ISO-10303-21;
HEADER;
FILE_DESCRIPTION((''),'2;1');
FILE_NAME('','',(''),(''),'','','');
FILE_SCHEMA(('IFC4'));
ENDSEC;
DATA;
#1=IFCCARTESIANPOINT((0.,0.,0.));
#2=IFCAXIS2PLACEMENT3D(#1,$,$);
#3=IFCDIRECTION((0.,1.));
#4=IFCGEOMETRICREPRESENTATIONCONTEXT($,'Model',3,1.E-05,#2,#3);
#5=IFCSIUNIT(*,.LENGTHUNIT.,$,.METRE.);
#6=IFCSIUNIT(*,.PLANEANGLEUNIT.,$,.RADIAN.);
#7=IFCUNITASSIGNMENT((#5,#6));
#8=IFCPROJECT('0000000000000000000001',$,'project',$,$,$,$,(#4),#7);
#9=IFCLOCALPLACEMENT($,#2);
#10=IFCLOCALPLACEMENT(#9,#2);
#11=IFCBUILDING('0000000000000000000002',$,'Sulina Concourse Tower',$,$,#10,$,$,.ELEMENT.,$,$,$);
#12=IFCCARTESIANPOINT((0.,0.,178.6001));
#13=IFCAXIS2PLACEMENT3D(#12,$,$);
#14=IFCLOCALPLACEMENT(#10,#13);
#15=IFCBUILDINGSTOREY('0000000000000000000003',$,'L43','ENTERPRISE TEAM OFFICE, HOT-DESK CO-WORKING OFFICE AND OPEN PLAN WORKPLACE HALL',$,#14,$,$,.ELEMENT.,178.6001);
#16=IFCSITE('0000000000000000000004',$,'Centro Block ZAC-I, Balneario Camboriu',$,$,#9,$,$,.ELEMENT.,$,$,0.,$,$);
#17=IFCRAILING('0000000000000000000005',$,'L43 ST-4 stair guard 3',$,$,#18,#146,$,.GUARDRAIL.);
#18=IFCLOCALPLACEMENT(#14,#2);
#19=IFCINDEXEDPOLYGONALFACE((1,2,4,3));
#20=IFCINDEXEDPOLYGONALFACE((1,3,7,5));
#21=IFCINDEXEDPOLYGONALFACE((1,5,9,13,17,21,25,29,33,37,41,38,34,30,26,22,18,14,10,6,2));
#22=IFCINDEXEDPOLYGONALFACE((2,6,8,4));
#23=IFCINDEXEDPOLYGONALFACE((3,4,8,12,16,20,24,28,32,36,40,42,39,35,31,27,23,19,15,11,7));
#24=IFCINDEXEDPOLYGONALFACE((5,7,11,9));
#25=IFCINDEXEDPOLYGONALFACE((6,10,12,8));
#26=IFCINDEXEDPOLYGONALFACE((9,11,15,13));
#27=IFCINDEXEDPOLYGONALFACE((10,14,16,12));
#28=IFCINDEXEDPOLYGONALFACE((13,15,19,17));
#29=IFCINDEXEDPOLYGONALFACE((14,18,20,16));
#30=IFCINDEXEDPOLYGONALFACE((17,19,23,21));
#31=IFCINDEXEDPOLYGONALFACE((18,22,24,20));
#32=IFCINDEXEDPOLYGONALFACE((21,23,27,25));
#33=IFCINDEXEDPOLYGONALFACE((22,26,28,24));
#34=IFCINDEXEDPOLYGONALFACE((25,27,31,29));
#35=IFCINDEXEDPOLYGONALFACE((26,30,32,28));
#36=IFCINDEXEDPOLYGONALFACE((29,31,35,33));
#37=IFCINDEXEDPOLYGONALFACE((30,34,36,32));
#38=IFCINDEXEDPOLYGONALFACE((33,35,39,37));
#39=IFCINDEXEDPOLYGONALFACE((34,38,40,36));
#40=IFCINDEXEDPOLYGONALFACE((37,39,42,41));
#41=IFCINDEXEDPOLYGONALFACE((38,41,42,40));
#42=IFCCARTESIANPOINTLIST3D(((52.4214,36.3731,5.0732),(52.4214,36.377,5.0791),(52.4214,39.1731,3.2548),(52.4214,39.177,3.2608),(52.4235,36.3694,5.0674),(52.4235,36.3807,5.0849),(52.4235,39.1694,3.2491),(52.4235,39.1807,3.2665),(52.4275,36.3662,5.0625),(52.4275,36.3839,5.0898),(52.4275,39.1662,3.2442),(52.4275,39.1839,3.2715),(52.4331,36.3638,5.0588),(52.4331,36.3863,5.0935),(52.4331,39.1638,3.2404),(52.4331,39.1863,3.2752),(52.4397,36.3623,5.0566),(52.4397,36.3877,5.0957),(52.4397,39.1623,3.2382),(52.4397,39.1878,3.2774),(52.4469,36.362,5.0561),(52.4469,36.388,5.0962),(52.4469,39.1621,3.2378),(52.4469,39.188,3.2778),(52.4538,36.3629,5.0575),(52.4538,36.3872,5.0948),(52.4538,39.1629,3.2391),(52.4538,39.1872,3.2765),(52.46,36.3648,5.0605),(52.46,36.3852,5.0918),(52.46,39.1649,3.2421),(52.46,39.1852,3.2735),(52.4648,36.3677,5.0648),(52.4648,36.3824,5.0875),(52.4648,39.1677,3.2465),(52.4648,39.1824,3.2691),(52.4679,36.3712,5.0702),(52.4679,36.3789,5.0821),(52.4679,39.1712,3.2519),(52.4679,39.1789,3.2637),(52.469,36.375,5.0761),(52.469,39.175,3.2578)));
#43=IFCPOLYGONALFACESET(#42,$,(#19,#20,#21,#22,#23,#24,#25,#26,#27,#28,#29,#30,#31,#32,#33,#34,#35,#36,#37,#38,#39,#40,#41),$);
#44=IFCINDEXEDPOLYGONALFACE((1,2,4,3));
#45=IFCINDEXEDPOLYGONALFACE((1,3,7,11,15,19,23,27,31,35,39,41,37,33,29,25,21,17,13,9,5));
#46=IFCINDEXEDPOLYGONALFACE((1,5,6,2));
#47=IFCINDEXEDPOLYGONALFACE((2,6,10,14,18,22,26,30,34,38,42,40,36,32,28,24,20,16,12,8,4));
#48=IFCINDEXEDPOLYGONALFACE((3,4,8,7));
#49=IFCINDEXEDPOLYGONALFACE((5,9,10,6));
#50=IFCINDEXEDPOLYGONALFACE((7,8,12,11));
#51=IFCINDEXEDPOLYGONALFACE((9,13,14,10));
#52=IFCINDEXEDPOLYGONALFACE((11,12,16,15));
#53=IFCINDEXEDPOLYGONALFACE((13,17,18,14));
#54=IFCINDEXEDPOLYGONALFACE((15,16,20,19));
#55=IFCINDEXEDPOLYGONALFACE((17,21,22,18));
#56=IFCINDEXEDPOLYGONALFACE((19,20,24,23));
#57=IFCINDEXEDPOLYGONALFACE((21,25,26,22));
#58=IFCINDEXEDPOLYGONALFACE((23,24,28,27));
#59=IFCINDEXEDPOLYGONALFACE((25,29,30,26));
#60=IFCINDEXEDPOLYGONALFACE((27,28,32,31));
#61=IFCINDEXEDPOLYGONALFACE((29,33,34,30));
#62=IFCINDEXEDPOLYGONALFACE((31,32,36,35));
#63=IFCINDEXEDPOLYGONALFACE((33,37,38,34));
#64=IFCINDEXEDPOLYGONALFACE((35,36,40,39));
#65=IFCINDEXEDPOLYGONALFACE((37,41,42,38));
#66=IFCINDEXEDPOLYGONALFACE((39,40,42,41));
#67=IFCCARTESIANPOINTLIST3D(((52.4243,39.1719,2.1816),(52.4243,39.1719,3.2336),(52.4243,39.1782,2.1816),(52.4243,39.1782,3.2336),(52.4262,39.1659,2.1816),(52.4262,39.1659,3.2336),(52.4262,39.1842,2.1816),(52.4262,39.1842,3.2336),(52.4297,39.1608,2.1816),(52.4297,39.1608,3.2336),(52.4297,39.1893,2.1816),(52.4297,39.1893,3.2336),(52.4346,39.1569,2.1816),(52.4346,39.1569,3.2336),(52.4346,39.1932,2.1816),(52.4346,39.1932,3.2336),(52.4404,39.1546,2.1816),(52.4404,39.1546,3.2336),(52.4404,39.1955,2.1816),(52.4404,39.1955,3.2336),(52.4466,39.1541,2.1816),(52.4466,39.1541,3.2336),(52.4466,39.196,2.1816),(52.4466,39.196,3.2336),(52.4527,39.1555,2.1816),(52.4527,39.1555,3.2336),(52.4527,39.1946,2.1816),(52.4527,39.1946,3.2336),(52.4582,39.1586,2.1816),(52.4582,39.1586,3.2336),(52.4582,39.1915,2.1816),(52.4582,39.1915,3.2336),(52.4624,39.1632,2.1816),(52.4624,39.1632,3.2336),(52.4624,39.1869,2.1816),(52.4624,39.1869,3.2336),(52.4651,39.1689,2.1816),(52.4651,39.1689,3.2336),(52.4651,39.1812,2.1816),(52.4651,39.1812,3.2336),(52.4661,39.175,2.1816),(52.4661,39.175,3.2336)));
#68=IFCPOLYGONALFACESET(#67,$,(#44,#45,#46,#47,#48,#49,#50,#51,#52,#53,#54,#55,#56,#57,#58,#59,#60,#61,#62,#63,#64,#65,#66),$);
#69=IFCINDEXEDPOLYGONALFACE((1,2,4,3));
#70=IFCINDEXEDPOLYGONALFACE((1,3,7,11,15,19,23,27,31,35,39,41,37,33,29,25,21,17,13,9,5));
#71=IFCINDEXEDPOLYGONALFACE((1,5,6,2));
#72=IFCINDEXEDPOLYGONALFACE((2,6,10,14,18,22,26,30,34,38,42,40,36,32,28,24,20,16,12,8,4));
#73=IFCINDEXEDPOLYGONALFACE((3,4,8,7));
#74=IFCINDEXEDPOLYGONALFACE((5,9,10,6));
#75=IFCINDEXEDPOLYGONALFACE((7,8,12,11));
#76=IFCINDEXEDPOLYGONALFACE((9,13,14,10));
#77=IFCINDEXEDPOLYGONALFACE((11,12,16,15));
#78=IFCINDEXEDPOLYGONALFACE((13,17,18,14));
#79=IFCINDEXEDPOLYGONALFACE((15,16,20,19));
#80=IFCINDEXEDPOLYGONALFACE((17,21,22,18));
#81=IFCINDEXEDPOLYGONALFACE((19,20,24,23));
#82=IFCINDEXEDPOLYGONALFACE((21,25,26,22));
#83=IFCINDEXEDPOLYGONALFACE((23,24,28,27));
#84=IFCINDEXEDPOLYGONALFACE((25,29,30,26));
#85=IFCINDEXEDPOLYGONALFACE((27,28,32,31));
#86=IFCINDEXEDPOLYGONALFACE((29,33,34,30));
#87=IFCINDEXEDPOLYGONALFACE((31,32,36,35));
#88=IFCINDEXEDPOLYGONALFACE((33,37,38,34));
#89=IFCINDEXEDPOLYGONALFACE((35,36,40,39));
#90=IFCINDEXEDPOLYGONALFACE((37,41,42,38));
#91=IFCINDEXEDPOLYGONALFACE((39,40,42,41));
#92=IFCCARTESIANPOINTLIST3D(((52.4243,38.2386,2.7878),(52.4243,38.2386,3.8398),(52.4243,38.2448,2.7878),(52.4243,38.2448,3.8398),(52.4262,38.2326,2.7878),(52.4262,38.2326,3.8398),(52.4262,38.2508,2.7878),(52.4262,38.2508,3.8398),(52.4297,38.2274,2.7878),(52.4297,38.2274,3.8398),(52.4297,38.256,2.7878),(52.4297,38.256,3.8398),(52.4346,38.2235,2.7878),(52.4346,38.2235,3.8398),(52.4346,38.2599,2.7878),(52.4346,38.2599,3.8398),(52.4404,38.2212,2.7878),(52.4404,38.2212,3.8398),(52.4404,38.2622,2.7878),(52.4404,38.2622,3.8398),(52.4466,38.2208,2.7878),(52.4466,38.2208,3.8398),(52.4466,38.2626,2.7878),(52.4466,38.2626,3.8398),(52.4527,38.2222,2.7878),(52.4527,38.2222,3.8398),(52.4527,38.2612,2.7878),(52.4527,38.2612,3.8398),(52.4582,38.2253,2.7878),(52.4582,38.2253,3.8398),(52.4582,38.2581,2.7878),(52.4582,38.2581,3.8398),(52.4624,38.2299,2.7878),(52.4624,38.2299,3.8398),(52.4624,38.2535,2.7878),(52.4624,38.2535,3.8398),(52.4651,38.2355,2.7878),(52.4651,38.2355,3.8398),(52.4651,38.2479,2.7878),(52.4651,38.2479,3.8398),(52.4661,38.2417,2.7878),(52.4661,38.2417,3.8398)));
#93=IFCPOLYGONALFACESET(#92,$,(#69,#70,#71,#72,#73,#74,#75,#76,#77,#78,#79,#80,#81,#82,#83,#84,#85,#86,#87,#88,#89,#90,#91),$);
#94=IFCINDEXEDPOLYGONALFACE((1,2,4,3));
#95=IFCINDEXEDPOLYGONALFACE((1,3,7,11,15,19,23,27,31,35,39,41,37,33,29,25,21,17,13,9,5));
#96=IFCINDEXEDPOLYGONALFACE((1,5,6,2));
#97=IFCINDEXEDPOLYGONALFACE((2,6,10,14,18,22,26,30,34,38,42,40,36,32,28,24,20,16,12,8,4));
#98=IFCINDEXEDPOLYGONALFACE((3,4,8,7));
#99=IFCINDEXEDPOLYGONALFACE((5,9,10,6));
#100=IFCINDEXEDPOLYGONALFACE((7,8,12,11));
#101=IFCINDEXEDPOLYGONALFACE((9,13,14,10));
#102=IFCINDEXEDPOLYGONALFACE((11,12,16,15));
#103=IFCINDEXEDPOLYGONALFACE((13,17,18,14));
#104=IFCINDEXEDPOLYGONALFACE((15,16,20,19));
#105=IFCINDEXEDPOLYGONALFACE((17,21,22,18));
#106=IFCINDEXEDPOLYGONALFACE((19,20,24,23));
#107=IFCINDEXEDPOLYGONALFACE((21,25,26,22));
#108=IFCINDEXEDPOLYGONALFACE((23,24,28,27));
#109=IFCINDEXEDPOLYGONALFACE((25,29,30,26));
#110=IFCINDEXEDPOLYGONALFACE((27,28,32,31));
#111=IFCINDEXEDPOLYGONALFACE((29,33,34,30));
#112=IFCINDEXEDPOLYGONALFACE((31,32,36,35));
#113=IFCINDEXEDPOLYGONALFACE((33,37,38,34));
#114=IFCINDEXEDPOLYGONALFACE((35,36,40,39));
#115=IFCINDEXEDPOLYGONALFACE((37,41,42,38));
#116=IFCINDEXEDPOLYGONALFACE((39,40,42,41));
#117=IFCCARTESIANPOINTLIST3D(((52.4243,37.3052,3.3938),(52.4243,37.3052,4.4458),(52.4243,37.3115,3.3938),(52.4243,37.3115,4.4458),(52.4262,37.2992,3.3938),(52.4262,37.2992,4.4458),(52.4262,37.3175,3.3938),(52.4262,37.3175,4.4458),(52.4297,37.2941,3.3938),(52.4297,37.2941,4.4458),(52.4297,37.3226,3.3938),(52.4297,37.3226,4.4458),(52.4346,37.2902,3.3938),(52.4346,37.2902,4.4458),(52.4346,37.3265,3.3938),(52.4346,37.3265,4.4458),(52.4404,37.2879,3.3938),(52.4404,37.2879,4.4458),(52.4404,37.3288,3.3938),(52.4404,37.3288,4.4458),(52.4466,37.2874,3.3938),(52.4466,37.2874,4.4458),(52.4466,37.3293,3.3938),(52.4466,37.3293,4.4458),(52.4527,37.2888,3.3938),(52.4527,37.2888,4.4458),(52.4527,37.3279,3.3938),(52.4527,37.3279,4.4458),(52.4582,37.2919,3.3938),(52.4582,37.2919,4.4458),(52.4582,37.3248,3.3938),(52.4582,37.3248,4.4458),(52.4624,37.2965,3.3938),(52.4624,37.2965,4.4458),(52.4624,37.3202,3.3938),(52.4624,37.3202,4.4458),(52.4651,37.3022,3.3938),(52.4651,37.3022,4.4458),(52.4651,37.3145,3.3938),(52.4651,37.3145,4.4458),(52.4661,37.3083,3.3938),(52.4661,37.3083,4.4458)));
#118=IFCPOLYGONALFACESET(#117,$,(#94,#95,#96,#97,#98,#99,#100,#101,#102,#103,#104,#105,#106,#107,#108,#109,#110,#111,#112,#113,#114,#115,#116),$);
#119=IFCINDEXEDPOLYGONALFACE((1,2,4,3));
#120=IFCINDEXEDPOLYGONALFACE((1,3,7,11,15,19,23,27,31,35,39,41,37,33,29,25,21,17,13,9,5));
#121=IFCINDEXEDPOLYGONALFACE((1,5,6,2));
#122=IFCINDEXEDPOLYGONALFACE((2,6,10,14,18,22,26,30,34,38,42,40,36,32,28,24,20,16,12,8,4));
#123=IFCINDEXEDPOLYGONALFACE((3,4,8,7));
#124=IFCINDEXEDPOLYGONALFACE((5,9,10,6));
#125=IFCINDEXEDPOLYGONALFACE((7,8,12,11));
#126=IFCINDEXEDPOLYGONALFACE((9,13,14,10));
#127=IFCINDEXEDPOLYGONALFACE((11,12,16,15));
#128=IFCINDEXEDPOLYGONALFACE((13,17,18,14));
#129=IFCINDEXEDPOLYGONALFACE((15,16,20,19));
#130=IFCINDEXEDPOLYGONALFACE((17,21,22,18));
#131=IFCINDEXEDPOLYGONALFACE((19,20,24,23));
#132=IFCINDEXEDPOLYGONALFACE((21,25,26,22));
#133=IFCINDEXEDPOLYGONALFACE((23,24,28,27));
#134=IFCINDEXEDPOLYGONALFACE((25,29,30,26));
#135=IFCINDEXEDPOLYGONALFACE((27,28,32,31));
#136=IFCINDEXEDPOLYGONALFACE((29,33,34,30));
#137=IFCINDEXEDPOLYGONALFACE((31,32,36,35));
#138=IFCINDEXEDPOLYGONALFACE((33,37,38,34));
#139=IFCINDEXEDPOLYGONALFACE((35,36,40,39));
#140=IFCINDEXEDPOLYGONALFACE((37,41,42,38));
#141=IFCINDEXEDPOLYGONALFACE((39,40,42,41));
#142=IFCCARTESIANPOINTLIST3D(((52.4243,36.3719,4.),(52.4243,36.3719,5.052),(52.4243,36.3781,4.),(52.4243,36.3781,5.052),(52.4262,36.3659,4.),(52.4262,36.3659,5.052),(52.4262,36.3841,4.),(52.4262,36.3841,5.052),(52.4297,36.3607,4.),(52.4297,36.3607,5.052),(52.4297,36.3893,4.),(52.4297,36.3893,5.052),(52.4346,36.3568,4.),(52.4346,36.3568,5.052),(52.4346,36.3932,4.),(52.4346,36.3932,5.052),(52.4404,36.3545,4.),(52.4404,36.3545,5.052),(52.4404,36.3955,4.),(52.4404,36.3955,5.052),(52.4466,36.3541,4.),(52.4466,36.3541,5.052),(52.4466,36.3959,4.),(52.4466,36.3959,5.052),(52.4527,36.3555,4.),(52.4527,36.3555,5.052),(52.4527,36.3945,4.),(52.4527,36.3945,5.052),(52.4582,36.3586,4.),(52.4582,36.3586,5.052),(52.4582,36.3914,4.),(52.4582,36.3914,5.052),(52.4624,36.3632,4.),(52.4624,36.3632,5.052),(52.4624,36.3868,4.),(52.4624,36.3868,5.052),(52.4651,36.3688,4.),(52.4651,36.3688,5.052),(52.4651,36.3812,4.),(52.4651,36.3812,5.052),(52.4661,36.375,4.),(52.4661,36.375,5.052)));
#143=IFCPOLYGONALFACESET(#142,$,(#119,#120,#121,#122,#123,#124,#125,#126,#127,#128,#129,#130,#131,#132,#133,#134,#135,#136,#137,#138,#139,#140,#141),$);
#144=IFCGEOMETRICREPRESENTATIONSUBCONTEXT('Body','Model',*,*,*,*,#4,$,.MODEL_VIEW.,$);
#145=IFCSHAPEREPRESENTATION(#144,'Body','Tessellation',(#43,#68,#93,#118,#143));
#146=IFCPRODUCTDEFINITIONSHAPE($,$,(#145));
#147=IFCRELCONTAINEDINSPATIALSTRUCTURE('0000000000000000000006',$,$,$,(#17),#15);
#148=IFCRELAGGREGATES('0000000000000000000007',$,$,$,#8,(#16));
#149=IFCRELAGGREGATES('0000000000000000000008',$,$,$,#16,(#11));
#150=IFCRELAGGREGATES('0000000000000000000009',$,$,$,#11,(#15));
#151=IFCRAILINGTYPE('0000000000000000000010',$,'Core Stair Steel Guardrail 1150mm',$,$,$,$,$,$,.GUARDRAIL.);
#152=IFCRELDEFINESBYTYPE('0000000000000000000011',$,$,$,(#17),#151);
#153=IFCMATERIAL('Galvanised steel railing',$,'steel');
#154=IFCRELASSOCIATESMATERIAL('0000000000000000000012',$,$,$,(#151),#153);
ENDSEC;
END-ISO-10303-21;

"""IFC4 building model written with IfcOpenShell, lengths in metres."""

from ifc_helpers import new_model, si_unit, direction, frame, origin, origin_2d, place, context, subcontext, project, spatial, circle, extrude, material, type_object, element, save


model = new_model("IFC4")

# Units and contexts
model_context = context("Model", 3, precision=1e-05, world=origin(), true_north=direction((0.0, 1.0)))
body_context = subcontext(model_context, "Body", "Model", "MODEL_VIEW")
ifc_project = project(units=[si_unit("LENGTHUNIT", "METRE"), si_unit("PLANEANGLEUNIT", "RADIAN")], contexts=[model_context])

# Site, building, storey
site_placement = place(None, origin())
site = spatial("IfcSite", under=ifc_project, at=site_placement, Name="Centro Block ZAC-I, Balneario Camboriu", CompositionType="ELEMENT", RefElevation=0.0)
building_placement = place(site_placement, origin())
building = spatial("IfcBuilding", under=site, at=building_placement, Name="Sulina Concourse Tower", CompositionType="ELEMENT")
storey_placement = place(building_placement, frame((0.0, 0.0, 178.6001)))
storey = spatial("IfcBuildingStorey", under=building, at=storey_placement, Name="L43", Description="ENTERPRISE TEAM OFFICE, HOT-DESK CO-WORKING OFFICE AND OPEN PLAN WORKPLACE HALL", CompositionType="ELEMENT", Elevation=178.6001)

# Railing
ifc_material_1 = material(Name="Galvanised steel railing", Category="steel")
railing_type_1 = type_object("IfcRailingType", Name="Core Stair Steel Guardrail 1150mm", PredefinedType="GUARDRAIL", material=ifc_material_1)
railing_1_placement = place(storey_placement, frame((52.4451, 39.175, 2.1816)))
element("IfcRailing", 1, at=railing_1_placement, inside=storey, type_object=railing_type_1, Name="L43 ST-4 stair guard 3", PredefinedType="GUARDRAIL", context=body_context, shape_type="SweptSolid", body=[
    extrude(circle(Radius=0.0239, at=origin_2d()), frame((0.0, 0.0, 1.0762), z_axis=(0.0, -0.838672, 0.544636), x_axis=(1.0, 0.0, 0.0)), (0.0, 0.0, 1.0), 3.3386),
    extrude(circle(Radius=0.021, at=origin_2d()), origin(), (0.0, 0.0, 1.0), 1.052),
    extrude(circle(Radius=0.021, at=origin_2d()), frame((0.0, -0.9333, 0.6062)), (0.0, 0.0, 1.0), 1.052),
    extrude(circle(Radius=0.021, at=origin_2d()), frame((0.0, -1.8667, 1.2122)), (0.0, 0.0, 1.0), 1.052),
    extrude(circle(Radius=0.021, at=origin_2d()), frame((0.0, -2.8, 1.8184)), (0.0, 0.0, 1.0), 1.052),
])

save(model, "model.ifc")
